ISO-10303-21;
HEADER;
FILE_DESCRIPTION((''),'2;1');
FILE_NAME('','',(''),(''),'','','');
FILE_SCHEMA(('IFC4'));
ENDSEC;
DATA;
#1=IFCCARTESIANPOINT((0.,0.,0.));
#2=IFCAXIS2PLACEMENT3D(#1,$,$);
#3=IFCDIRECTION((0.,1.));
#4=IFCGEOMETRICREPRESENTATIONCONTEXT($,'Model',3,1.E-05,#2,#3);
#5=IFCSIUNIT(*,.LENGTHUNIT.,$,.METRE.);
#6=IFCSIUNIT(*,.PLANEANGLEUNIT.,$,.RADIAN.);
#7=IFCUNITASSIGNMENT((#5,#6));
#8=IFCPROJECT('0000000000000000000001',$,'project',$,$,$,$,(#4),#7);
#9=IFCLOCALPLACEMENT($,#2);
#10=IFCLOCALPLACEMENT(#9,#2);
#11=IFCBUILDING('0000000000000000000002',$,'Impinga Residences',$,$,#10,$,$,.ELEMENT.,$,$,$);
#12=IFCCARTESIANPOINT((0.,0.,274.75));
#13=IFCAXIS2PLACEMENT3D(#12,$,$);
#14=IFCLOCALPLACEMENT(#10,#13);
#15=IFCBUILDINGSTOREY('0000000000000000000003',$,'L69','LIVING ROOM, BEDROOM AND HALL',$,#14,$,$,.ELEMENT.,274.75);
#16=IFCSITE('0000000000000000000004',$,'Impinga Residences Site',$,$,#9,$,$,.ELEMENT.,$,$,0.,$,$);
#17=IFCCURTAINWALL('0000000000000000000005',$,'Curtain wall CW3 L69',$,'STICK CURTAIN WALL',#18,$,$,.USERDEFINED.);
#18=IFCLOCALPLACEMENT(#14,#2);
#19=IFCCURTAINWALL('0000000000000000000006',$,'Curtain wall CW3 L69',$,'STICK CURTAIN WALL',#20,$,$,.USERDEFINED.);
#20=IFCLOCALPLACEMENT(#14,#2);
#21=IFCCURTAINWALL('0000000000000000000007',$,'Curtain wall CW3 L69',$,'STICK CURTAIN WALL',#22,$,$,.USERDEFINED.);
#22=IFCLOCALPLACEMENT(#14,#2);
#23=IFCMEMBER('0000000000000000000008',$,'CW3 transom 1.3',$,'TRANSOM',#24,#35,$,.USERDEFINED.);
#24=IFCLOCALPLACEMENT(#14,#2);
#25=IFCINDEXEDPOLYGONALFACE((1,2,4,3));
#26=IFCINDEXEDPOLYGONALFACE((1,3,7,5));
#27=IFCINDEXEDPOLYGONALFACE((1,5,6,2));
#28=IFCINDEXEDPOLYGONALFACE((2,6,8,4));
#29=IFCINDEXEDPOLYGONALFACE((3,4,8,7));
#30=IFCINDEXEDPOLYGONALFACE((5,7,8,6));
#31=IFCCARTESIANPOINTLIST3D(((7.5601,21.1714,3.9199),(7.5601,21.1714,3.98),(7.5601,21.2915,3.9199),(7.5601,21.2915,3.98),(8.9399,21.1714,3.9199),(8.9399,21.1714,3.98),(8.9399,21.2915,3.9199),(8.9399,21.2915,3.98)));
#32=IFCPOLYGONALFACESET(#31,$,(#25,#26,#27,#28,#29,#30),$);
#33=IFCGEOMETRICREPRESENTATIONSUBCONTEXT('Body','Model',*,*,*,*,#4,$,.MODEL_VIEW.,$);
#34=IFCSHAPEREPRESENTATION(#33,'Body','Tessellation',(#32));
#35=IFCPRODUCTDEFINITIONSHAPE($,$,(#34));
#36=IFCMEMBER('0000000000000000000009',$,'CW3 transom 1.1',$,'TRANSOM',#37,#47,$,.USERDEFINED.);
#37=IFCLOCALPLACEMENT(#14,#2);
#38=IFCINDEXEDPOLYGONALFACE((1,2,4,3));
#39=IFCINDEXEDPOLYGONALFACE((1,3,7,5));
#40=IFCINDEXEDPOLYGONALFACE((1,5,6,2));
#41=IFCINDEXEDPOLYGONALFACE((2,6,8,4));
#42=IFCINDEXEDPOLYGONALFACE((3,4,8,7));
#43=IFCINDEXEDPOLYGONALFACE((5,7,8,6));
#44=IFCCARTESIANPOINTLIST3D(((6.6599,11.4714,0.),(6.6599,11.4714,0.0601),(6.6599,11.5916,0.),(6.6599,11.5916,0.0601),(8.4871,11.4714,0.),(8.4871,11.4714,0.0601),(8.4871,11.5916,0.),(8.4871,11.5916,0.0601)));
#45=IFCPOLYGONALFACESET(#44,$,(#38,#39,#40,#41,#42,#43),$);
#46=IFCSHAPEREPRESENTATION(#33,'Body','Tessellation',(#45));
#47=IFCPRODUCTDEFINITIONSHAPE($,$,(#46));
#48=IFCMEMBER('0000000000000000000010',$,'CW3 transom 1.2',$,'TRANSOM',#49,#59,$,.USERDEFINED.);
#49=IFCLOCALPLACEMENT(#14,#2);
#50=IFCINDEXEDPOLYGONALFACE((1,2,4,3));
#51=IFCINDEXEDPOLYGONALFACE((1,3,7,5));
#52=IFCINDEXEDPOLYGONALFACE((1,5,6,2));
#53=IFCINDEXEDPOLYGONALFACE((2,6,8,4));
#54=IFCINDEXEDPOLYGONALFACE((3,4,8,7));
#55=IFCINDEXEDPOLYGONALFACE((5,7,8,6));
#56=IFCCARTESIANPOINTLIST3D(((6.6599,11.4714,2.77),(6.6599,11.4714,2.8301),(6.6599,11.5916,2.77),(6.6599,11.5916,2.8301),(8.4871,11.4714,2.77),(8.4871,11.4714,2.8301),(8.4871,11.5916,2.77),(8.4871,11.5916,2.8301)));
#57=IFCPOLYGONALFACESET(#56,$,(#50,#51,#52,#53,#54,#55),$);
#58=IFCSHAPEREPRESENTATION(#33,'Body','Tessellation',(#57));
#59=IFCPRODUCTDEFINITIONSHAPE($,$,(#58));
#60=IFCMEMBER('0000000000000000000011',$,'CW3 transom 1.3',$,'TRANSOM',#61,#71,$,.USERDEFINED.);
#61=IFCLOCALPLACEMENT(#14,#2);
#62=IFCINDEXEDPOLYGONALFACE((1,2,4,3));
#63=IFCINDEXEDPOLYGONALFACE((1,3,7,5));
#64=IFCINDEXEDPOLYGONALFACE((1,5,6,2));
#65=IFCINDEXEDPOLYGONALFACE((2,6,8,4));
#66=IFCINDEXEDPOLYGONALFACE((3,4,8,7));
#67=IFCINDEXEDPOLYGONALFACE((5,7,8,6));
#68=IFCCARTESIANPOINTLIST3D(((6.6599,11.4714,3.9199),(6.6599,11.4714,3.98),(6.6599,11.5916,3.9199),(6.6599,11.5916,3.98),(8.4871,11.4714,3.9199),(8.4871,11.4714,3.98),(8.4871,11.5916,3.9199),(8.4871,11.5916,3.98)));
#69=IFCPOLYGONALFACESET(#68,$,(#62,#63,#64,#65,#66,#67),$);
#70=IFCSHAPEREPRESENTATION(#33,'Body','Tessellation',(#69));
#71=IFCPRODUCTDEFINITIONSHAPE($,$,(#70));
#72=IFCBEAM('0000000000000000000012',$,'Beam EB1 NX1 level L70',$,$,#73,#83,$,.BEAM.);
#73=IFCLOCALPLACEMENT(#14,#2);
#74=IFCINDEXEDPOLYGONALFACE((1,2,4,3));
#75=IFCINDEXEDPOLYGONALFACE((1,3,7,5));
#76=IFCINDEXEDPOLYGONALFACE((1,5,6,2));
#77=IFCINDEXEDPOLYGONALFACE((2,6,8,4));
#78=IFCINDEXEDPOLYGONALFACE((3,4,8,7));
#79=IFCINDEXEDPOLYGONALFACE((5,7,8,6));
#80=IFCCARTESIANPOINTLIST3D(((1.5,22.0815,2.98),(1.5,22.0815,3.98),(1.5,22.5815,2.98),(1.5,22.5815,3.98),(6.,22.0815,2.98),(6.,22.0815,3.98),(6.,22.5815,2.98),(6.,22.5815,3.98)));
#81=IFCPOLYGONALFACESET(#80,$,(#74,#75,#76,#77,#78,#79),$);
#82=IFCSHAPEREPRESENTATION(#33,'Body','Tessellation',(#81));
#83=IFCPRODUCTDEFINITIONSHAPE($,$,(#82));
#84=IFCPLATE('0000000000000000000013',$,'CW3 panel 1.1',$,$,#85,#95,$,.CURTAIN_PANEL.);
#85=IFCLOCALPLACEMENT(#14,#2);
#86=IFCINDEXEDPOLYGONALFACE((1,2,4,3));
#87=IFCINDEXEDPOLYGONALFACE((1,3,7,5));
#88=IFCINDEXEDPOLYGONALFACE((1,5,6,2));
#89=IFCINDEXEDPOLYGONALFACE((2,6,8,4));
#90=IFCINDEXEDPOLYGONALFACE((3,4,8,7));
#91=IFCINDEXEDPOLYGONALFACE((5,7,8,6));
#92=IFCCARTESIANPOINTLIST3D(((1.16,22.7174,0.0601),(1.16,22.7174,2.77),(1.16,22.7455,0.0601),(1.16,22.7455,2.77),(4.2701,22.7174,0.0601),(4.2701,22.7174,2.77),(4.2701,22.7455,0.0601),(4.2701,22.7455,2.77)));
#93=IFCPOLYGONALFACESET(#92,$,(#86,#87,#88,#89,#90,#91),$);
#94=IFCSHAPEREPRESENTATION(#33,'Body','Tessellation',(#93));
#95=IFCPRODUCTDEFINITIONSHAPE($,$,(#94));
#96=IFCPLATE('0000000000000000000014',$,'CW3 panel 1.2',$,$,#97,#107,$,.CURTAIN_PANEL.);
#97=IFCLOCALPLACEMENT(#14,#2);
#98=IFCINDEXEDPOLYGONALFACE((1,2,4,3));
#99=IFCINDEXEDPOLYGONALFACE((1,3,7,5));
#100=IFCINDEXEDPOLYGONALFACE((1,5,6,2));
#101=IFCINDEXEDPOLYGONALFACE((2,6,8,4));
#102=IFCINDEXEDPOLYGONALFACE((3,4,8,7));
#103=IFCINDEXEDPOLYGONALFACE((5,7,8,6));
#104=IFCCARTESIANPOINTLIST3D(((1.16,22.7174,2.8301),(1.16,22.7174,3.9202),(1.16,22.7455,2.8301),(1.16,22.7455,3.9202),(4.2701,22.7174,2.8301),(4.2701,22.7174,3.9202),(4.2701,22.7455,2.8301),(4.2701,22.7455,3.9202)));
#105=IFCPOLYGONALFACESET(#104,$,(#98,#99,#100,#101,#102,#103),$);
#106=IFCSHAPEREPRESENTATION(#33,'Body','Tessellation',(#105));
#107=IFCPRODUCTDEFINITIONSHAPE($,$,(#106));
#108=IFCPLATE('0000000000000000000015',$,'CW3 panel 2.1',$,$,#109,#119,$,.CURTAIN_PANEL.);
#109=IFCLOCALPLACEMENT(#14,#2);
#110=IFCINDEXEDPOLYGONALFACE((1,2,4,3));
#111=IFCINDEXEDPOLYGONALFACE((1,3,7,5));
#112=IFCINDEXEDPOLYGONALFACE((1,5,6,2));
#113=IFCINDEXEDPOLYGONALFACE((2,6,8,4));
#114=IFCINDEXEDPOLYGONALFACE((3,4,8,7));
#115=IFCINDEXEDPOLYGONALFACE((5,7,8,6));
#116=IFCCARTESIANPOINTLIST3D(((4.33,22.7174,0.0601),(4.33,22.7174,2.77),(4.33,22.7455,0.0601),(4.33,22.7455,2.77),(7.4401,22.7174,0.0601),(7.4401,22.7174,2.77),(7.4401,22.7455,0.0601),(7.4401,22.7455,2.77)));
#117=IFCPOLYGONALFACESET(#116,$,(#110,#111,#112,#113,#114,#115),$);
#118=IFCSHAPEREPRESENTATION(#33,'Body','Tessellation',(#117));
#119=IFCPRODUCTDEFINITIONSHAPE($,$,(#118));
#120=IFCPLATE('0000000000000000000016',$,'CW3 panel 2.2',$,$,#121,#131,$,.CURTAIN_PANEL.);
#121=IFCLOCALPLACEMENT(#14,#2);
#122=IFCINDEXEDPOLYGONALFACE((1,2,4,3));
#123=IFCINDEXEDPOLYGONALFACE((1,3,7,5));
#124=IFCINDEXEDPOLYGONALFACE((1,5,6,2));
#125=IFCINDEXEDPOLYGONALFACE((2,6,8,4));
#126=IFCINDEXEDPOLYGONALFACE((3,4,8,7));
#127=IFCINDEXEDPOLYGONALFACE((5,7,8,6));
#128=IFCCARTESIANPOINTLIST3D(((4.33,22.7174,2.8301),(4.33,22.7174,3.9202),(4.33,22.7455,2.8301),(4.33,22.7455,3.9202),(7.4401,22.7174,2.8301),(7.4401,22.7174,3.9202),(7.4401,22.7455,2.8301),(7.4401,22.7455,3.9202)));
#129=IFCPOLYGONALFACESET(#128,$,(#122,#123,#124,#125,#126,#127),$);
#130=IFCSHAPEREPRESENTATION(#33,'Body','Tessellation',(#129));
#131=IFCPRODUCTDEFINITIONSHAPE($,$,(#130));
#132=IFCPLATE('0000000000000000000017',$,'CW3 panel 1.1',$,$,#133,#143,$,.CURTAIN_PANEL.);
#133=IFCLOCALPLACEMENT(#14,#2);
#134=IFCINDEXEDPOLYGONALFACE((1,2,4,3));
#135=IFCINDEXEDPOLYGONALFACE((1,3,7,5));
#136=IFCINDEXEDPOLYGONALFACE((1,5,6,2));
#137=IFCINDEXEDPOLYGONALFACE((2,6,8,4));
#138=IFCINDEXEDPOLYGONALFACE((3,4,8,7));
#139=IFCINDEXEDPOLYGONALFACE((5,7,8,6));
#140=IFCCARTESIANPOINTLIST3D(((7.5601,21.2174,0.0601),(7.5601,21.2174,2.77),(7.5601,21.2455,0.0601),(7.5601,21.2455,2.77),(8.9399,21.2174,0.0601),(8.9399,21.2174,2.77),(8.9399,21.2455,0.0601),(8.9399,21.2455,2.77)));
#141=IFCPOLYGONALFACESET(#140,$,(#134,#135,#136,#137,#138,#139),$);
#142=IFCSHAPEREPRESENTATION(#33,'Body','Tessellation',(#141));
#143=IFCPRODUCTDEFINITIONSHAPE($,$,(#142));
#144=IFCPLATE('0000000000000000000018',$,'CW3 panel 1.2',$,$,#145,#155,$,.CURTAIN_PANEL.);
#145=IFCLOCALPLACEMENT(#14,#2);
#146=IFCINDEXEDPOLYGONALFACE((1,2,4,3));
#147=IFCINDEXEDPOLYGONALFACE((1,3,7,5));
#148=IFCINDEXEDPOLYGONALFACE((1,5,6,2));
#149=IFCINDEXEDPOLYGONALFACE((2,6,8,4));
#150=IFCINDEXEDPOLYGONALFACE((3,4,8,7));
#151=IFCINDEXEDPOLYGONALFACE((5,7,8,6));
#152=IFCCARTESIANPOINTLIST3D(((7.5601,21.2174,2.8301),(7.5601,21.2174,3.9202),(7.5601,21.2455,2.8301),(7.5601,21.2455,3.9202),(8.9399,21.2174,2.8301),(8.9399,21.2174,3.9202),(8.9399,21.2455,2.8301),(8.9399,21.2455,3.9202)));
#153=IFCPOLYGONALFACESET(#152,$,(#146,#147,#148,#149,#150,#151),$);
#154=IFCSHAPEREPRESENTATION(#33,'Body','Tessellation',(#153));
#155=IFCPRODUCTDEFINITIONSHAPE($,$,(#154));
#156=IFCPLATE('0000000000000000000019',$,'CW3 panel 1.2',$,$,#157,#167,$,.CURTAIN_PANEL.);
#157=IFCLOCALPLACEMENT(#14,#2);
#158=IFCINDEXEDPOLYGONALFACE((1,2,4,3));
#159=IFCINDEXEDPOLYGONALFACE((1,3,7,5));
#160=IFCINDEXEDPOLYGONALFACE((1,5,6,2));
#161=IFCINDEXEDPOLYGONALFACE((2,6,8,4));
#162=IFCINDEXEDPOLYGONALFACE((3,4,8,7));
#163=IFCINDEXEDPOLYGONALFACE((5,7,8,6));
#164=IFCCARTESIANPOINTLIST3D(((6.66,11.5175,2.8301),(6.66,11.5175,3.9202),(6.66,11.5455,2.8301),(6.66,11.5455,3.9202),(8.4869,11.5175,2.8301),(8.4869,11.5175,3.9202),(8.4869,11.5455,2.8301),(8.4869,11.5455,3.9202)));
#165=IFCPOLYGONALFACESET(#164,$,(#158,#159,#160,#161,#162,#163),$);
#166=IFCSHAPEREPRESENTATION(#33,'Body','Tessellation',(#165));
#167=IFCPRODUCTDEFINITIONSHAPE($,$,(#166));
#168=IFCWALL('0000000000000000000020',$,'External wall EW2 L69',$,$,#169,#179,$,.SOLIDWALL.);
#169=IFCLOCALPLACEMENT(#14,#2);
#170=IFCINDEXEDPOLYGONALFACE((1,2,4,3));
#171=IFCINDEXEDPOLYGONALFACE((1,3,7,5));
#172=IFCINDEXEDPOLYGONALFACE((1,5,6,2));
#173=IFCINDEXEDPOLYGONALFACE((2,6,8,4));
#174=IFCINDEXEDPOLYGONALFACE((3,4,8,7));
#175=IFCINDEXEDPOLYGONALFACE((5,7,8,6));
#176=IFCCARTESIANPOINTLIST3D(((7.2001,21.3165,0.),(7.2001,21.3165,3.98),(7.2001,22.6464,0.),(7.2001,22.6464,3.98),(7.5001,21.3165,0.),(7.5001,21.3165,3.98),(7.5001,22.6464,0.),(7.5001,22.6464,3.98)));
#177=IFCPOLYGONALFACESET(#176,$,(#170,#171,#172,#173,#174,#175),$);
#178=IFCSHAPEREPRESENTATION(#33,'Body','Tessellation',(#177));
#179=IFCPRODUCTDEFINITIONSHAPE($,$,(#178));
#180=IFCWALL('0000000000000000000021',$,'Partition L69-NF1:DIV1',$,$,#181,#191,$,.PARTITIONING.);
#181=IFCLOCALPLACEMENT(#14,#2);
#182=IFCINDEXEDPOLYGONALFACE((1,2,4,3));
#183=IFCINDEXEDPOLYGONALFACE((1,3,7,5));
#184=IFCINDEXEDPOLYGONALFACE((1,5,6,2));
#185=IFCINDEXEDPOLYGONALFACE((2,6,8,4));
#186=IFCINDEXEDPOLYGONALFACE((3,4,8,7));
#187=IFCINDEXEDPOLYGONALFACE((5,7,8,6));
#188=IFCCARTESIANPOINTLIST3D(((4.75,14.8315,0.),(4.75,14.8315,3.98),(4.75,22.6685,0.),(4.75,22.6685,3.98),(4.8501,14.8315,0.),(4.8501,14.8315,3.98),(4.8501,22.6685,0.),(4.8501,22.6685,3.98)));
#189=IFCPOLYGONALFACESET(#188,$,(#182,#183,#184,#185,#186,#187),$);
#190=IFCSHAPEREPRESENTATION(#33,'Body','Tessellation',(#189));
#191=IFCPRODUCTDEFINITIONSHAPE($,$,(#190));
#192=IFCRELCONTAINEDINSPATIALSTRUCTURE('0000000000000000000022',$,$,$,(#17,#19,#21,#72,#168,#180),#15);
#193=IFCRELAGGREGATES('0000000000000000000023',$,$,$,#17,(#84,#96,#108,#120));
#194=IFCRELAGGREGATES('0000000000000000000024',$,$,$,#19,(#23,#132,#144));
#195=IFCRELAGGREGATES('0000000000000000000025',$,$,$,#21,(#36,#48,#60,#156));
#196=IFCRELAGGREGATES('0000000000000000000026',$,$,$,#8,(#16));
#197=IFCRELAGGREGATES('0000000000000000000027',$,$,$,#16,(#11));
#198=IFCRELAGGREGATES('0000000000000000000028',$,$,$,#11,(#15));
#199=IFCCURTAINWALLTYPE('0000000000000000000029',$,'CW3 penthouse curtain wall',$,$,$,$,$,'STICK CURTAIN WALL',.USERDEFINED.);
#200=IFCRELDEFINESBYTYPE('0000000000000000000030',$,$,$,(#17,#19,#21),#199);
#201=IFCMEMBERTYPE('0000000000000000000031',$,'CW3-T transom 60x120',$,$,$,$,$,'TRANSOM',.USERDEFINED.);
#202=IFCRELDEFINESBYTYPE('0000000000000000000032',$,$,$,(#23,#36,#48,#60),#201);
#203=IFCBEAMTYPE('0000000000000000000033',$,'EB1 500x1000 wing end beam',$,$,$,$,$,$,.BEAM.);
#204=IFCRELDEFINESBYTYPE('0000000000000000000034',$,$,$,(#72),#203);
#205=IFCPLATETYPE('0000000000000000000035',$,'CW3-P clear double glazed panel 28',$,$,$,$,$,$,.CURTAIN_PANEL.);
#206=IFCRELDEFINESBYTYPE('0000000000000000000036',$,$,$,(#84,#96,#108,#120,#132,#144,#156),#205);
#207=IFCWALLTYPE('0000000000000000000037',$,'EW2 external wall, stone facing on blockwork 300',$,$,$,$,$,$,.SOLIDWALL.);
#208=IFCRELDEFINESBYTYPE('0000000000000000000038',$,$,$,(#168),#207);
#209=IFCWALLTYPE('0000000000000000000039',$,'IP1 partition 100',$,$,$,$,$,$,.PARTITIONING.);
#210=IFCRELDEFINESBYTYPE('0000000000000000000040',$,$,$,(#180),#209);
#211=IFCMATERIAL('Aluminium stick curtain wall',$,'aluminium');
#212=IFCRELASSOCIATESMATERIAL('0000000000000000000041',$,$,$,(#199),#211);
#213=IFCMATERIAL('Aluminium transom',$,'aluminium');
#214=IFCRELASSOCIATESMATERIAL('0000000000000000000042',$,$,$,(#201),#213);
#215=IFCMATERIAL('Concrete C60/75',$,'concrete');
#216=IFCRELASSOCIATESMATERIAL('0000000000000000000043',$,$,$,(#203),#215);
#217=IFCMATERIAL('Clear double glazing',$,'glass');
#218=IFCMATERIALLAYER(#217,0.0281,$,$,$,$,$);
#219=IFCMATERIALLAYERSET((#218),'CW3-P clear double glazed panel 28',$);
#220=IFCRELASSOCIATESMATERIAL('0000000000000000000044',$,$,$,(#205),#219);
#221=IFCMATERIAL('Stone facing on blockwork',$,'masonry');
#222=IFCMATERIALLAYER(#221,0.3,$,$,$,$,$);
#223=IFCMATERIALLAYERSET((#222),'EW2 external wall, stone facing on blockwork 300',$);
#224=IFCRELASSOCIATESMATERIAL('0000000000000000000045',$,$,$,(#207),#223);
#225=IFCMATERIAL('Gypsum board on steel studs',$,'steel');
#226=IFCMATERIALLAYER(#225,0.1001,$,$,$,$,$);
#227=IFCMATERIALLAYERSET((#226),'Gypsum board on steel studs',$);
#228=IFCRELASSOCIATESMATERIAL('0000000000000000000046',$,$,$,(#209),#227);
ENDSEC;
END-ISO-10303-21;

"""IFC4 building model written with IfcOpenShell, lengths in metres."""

from ifc_helpers import new_model, si_unit, direction, frame, frame_2d, origin, origin_2d, place, context, subcontext, project, spatial, rectangle, extrude, material, layer, layer_set, material_profile, profile_set, type_object, element, aggregate, save


model = new_model("IFC4")

# Units and contexts
model_context = context("Model", 3, precision=1e-05, world=origin(), true_north=direction((0.0, 1.0)))
body_context = subcontext(model_context, "Body", "Model", "MODEL_VIEW")
ifc_project = project(units=[si_unit("LENGTHUNIT", "METRE"), si_unit("PLANEANGLEUNIT", "RADIAN")], contexts=[model_context])

# Site, building, storey
site_placement = place(None, origin())
site = spatial("IfcSite", under=ifc_project, at=site_placement, Name="Impinga Residences Site", CompositionType="ELEMENT", RefElevation=0.0)
building_placement = place(site_placement, origin())
building = spatial("IfcBuilding", under=site, at=building_placement, Name="Impinga Residences", CompositionType="ELEMENT")
storey_placement = place(building_placement, frame((0.0, 0.0, 274.75)))
storey = spatial("IfcBuildingStorey", under=building, at=storey_placement, Name="L69", Description="LIVING ROOM, BEDROOM AND HALL", CompositionType="ELEMENT", Elevation=274.75)

# Shared definitions
ifc_material_1 = material(Name="Concrete C60/75", Category="concrete")

# Curtain wall
ifc_material_2 = material(Name="Aluminium stick curtain wall", Category="aluminium")
curtain_wall_type = type_object("IfcCurtainWallType", Name="CW3 penthouse curtain wall", ElementType="STICK CURTAIN WALL", PredefinedType="USERDEFINED", material=ifc_material_2)
curtain_wall_1_placement = place(storey_placement, origin())
curtain_wall_1 = element("IfcCurtainWall", 1, at=curtain_wall_1_placement, inside=storey, type_object=curtain_wall_type, Name="Curtain wall CW3 L69", ObjectType="STICK CURTAIN WALL", PredefinedType="USERDEFINED")

# Curtain walls
curtain_wall_2_placement = place(storey_placement, origin())
curtain_wall_2 = element("IfcCurtainWall", 2, at=curtain_wall_2_placement, inside=storey, type_object=curtain_wall_type, Name="Curtain wall CW3 L69", ObjectType="STICK CURTAIN WALL", PredefinedType="USERDEFINED")
curtain_wall_3_placement = place(storey_placement, origin())
curtain_wall_3 = element("IfcCurtainWall", 3, at=curtain_wall_3_placement, inside=storey, type_object=curtain_wall_type, Name="Curtain wall CW3 L69", ObjectType="STICK CURTAIN WALL", PredefinedType="USERDEFINED")

# Members
ifc_material_3 = material(Name="Aluminium transom", Category="aluminium")
ifc_material_profile_1 = material_profile(ifc_material_3, rectangle(XDim=0.0601, YDim=0.1201, at=origin_2d()), Name="60x120 transom")
ifc_profile_set_1 = profile_set([ifc_material_profile_1], Name="Aluminium transom")
member_type_1 = type_object("IfcMemberType", Name="CW3-T transom 60x120", ElementType="TRANSOM", PredefinedType="USERDEFINED", material=ifc_profile_set_1)
member_1_placement = place(storey_placement, frame((7.5601, 21.2314, 3.95), z_axis=(1.0, 0.0, 0.0), x_axis=(0.0, 0.0, 1.0)))
member_1 = element("IfcMember", 4, at=member_1_placement, type_object=member_type_1, Name="CW3 transom 1.3", ObjectType="TRANSOM", PredefinedType="USERDEFINED", context=body_context, shape_type="SweptSolid", body=[
    extrude(rectangle(XDim=0.0601, YDim=0.1201, at=origin_2d()), origin(), (0.0, 0.0, 1.0), 1.3799),
])
member_2_placement = place(storey_placement, frame((8.4871, 11.5315, 0.03), z_axis=(-1.0, 0.0, 0.0), x_axis=(0.0, 0.0, 1.0)))
member_2 = element("IfcMember", 5, at=member_2_placement, type_object=member_type_1, Name="CW3 transom 1.1", ObjectType="TRANSOM", PredefinedType="USERDEFINED", context=body_context, shape_type="SweptSolid", body=[
    extrude(rectangle(XDim=0.0601, YDim=0.1201, at=origin_2d()), origin(), (0.0, 0.0, 1.0), 1.8271),
])
member_3_placement = place(storey_placement, frame((8.4871, 11.5315, 2.8), z_axis=(-1.0, 0.0, 0.0), x_axis=(0.0, 0.0, 1.0)))
member_3 = element("IfcMember", 6, at=member_3_placement, type_object=member_type_1, Name="CW3 transom 1.2", ObjectType="TRANSOM", PredefinedType="USERDEFINED", context=body_context, shape_type="SweptSolid", body=[
    extrude(rectangle(XDim=0.0601, YDim=0.1201, at=origin_2d()), origin(), (0.0, 0.0, 1.0), 1.8271),
])
member_4_placement = place(storey_placement, frame((8.4871, 11.5315, 3.95), z_axis=(-1.0, 0.0, 0.0), x_axis=(0.0, 0.0, 1.0)))
member_4 = element("IfcMember", 7, at=member_4_placement, type_object=member_type_1, Name="CW3 transom 1.3", ObjectType="TRANSOM", PredefinedType="USERDEFINED", context=body_context, shape_type="SweptSolid", body=[
    extrude(rectangle(XDim=0.0601, YDim=0.1201, at=origin_2d()), origin(), (0.0, 0.0, 1.0), 1.8271),
])

# Beam
ifc_material_profile_2 = material_profile(ifc_material_1, rectangle(XDim=0.5, YDim=1.0, at=origin_2d()), Name="RC 500x1000")
ifc_profile_set_2 = profile_set([ifc_material_profile_2], Name="Concrete C60/75")
beam_type_1 = type_object("IfcBeamType", Name="EB1 500x1000 wing end beam", PredefinedType="BEAM", material=ifc_profile_set_2)
beam_1_placement = place(storey_placement, frame((1.5, 22.3315, 3.48), z_axis=(1.0, 0.0, 0.0), x_axis=(0.0, 1.0, 0.0)))
element("IfcBeam", 8, at=beam_1_placement, inside=storey, type_object=beam_type_1, Name="Beam EB1 NX1 level L70", PredefinedType="BEAM", context=body_context, shape_type="SweptSolid", body=[
    extrude(rectangle(XDim=0.5, YDim=1.0, at=origin_2d()), origin(), (0.0, 0.0, 1.0), 4.5),
])

# Plates
ifc_material_4 = material(Name="Clear double glazing", Category="glass")
ifc_layer_1 = layer(ifc_material_4, 0.0281)
ifc_layer_set_1 = layer_set([ifc_layer_1], Name="CW3-P clear double glazed panel 28")
plate_type = type_object("IfcPlateType", Name="CW3-P clear double glazed panel 28", PredefinedType="CURTAIN_PANEL", material=ifc_layer_set_1)
plate_1_placement = place(storey_placement, frame((2.7151, 22.7314, 0.0601), z_axis=(0.0, 0.0, 1.0), x_axis=(1.0, 0.0, 0.0)))
plate_1 = element("IfcPlate", 9, at=plate_1_placement, type_object=plate_type, Name="CW3 panel 1.1", PredefinedType="CURTAIN_PANEL", context=body_context, shape_type="SweptSolid", body=[
    extrude(rectangle(XDim=3.1101, YDim=0.0281, at=origin_2d()), origin(), (0.0, 0.0, 1.0), 2.71),
])
plate_2_placement = place(storey_placement, frame((2.7151, 22.7314, 2.8301), z_axis=(0.0, 0.0, 1.0), x_axis=(1.0, 0.0, 0.0)))
plate_2 = element("IfcPlate", 10, at=plate_2_placement, type_object=plate_type, Name="CW3 panel 1.2", PredefinedType="CURTAIN_PANEL", context=body_context, shape_type="SweptSolid", body=[
    extrude(rectangle(XDim=3.1101, YDim=0.0281, at=origin_2d()), origin(), (0.0, 0.0, 1.0), 1.0901),
])
plate_3_placement = place(storey_placement, frame((5.885, 22.7314, 0.0601), z_axis=(0.0, 0.0, 1.0), x_axis=(1.0, 0.0, 0.0)))
plate_3 = element("IfcPlate", 11, at=plate_3_placement, type_object=plate_type, Name="CW3 panel 2.1", PredefinedType="CURTAIN_PANEL", context=body_context, shape_type="SweptSolid", body=[
    extrude(rectangle(XDim=3.1101, YDim=0.0281, at=origin_2d()), origin(), (0.0, 0.0, 1.0), 2.71),
])
plate_4_placement = place(storey_placement, frame((5.885, 22.7314, 2.8301), z_axis=(0.0, 0.0, 1.0), x_axis=(1.0, 0.0, 0.0)))
plate_4 = element("IfcPlate", 12, at=plate_4_placement, type_object=plate_type, Name="CW3 panel 2.2", PredefinedType="CURTAIN_PANEL", context=body_context, shape_type="SweptSolid", body=[
    extrude(rectangle(XDim=3.1101, YDim=0.0281, at=origin_2d()), origin(), (0.0, 0.0, 1.0), 1.0901),
])
aggregate(curtain_wall_1, [plate_1, plate_2, plate_3, plate_4])
plate_5_placement = place(storey_placement, frame((8.25, 21.2314, 0.0601), z_axis=(0.0, 0.0, 1.0), x_axis=(1.0, 0.0, 0.0)))
plate_5 = element("IfcPlate", 13, at=plate_5_placement, type_object=plate_type, Name="CW3 panel 1.1", PredefinedType="CURTAIN_PANEL", context=body_context, shape_type="SweptSolid", body=[
    extrude(rectangle(XDim=1.3799, YDim=0.0281, at=origin_2d()), origin(), (0.0, 0.0, 1.0), 2.71),
])
plate_6_placement = place(storey_placement, frame((8.25, 21.2314, 2.8301), z_axis=(0.0, 0.0, 1.0), x_axis=(1.0, 0.0, 0.0)))
plate_6 = element("IfcPlate", 14, at=plate_6_placement, type_object=plate_type, Name="CW3 panel 1.2", PredefinedType="CURTAIN_PANEL", context=body_context, shape_type="SweptSolid", body=[
    extrude(rectangle(XDim=1.3799, YDim=0.0281, at=origin_2d()), origin(), (0.0, 0.0, 1.0), 1.0901),
])
aggregate(curtain_wall_2, [member_1, plate_5, plate_6])
plate_7_placement = place(storey_placement, frame((7.5735, 11.5315, 2.8301), z_axis=(0.0, 0.0, 1.0), x_axis=(-1.0, 0.0, 0.0)))
plate_7 = element("IfcPlate", 15, at=plate_7_placement, type_object=plate_type, Name="CW3 panel 1.2", PredefinedType="CURTAIN_PANEL", context=body_context, shape_type="SweptSolid", body=[
    extrude(rectangle(XDim=1.8269, YDim=0.0281, at=origin_2d()), origin(), (0.0, 0.0, 1.0), 1.0901),
])
aggregate(curtain_wall_3, [member_2, member_3, member_4, plate_7])

# Walls
ifc_material_5 = material(Name="Stone facing on blockwork", Category="masonry")
ifc_layer_2 = layer(ifc_material_5, 0.3)
ifc_layer_set_2 = layer_set([ifc_layer_2], Name="EW2 external wall, stone facing on blockwork 300")
wall_type_1 = type_object("IfcWallType", Name="EW2 external wall, stone facing on blockwork 300", PredefinedType="SOLIDWALL", material=ifc_layer_set_2)
wall_1_placement = place(storey_placement, frame((7.3501, 22.6465, 0.0), z_axis=(0.0, 0.0, 1.0), x_axis=(0.0, -1.0, 0.0)))
element("IfcWall", 16, at=wall_1_placement, inside=storey, type_object=wall_type_1, Name="External wall EW2 L69", PredefinedType="SOLIDWALL", context=body_context, shape_type="SweptSolid", body=[
    extrude(rectangle(XDim=1.3298, YDim=0.3, at=frame_2d((0.665, 0.0))), origin(), (0.0, 0.0, 1.0), 3.98),
])
ifc_material_6 = material(Name="Gypsum board on steel studs", Category="steel")
ifc_layer_3 = layer(ifc_material_6, 0.1001)
ifc_layer_set_3 = layer_set([ifc_layer_3], Name="Gypsum board on steel studs")
wall_type_2 = type_object("IfcWallType", Name="IP1 partition 100", PredefinedType="PARTITIONING", material=ifc_layer_set_3)
wall_2_placement = place(storey_placement, frame((4.8, 14.8315, 0.0), z_axis=(0.0, 0.0, 1.0), x_axis=(0.0, 1.0, 0.0)))
element("IfcWall", 17, at=wall_2_placement, inside=storey, type_object=wall_type_2, Name="Partition L69-NF1:DIV1", PredefinedType="PARTITIONING", context=body_context, shape_type="SweptSolid", body=[
    extrude(rectangle(XDim=7.8369, YDim=0.1001, at=frame_2d((3.9185, 0.0))), origin(), (0.0, 0.0, 1.0), 3.98),
])

save(model, "model.ifc")
